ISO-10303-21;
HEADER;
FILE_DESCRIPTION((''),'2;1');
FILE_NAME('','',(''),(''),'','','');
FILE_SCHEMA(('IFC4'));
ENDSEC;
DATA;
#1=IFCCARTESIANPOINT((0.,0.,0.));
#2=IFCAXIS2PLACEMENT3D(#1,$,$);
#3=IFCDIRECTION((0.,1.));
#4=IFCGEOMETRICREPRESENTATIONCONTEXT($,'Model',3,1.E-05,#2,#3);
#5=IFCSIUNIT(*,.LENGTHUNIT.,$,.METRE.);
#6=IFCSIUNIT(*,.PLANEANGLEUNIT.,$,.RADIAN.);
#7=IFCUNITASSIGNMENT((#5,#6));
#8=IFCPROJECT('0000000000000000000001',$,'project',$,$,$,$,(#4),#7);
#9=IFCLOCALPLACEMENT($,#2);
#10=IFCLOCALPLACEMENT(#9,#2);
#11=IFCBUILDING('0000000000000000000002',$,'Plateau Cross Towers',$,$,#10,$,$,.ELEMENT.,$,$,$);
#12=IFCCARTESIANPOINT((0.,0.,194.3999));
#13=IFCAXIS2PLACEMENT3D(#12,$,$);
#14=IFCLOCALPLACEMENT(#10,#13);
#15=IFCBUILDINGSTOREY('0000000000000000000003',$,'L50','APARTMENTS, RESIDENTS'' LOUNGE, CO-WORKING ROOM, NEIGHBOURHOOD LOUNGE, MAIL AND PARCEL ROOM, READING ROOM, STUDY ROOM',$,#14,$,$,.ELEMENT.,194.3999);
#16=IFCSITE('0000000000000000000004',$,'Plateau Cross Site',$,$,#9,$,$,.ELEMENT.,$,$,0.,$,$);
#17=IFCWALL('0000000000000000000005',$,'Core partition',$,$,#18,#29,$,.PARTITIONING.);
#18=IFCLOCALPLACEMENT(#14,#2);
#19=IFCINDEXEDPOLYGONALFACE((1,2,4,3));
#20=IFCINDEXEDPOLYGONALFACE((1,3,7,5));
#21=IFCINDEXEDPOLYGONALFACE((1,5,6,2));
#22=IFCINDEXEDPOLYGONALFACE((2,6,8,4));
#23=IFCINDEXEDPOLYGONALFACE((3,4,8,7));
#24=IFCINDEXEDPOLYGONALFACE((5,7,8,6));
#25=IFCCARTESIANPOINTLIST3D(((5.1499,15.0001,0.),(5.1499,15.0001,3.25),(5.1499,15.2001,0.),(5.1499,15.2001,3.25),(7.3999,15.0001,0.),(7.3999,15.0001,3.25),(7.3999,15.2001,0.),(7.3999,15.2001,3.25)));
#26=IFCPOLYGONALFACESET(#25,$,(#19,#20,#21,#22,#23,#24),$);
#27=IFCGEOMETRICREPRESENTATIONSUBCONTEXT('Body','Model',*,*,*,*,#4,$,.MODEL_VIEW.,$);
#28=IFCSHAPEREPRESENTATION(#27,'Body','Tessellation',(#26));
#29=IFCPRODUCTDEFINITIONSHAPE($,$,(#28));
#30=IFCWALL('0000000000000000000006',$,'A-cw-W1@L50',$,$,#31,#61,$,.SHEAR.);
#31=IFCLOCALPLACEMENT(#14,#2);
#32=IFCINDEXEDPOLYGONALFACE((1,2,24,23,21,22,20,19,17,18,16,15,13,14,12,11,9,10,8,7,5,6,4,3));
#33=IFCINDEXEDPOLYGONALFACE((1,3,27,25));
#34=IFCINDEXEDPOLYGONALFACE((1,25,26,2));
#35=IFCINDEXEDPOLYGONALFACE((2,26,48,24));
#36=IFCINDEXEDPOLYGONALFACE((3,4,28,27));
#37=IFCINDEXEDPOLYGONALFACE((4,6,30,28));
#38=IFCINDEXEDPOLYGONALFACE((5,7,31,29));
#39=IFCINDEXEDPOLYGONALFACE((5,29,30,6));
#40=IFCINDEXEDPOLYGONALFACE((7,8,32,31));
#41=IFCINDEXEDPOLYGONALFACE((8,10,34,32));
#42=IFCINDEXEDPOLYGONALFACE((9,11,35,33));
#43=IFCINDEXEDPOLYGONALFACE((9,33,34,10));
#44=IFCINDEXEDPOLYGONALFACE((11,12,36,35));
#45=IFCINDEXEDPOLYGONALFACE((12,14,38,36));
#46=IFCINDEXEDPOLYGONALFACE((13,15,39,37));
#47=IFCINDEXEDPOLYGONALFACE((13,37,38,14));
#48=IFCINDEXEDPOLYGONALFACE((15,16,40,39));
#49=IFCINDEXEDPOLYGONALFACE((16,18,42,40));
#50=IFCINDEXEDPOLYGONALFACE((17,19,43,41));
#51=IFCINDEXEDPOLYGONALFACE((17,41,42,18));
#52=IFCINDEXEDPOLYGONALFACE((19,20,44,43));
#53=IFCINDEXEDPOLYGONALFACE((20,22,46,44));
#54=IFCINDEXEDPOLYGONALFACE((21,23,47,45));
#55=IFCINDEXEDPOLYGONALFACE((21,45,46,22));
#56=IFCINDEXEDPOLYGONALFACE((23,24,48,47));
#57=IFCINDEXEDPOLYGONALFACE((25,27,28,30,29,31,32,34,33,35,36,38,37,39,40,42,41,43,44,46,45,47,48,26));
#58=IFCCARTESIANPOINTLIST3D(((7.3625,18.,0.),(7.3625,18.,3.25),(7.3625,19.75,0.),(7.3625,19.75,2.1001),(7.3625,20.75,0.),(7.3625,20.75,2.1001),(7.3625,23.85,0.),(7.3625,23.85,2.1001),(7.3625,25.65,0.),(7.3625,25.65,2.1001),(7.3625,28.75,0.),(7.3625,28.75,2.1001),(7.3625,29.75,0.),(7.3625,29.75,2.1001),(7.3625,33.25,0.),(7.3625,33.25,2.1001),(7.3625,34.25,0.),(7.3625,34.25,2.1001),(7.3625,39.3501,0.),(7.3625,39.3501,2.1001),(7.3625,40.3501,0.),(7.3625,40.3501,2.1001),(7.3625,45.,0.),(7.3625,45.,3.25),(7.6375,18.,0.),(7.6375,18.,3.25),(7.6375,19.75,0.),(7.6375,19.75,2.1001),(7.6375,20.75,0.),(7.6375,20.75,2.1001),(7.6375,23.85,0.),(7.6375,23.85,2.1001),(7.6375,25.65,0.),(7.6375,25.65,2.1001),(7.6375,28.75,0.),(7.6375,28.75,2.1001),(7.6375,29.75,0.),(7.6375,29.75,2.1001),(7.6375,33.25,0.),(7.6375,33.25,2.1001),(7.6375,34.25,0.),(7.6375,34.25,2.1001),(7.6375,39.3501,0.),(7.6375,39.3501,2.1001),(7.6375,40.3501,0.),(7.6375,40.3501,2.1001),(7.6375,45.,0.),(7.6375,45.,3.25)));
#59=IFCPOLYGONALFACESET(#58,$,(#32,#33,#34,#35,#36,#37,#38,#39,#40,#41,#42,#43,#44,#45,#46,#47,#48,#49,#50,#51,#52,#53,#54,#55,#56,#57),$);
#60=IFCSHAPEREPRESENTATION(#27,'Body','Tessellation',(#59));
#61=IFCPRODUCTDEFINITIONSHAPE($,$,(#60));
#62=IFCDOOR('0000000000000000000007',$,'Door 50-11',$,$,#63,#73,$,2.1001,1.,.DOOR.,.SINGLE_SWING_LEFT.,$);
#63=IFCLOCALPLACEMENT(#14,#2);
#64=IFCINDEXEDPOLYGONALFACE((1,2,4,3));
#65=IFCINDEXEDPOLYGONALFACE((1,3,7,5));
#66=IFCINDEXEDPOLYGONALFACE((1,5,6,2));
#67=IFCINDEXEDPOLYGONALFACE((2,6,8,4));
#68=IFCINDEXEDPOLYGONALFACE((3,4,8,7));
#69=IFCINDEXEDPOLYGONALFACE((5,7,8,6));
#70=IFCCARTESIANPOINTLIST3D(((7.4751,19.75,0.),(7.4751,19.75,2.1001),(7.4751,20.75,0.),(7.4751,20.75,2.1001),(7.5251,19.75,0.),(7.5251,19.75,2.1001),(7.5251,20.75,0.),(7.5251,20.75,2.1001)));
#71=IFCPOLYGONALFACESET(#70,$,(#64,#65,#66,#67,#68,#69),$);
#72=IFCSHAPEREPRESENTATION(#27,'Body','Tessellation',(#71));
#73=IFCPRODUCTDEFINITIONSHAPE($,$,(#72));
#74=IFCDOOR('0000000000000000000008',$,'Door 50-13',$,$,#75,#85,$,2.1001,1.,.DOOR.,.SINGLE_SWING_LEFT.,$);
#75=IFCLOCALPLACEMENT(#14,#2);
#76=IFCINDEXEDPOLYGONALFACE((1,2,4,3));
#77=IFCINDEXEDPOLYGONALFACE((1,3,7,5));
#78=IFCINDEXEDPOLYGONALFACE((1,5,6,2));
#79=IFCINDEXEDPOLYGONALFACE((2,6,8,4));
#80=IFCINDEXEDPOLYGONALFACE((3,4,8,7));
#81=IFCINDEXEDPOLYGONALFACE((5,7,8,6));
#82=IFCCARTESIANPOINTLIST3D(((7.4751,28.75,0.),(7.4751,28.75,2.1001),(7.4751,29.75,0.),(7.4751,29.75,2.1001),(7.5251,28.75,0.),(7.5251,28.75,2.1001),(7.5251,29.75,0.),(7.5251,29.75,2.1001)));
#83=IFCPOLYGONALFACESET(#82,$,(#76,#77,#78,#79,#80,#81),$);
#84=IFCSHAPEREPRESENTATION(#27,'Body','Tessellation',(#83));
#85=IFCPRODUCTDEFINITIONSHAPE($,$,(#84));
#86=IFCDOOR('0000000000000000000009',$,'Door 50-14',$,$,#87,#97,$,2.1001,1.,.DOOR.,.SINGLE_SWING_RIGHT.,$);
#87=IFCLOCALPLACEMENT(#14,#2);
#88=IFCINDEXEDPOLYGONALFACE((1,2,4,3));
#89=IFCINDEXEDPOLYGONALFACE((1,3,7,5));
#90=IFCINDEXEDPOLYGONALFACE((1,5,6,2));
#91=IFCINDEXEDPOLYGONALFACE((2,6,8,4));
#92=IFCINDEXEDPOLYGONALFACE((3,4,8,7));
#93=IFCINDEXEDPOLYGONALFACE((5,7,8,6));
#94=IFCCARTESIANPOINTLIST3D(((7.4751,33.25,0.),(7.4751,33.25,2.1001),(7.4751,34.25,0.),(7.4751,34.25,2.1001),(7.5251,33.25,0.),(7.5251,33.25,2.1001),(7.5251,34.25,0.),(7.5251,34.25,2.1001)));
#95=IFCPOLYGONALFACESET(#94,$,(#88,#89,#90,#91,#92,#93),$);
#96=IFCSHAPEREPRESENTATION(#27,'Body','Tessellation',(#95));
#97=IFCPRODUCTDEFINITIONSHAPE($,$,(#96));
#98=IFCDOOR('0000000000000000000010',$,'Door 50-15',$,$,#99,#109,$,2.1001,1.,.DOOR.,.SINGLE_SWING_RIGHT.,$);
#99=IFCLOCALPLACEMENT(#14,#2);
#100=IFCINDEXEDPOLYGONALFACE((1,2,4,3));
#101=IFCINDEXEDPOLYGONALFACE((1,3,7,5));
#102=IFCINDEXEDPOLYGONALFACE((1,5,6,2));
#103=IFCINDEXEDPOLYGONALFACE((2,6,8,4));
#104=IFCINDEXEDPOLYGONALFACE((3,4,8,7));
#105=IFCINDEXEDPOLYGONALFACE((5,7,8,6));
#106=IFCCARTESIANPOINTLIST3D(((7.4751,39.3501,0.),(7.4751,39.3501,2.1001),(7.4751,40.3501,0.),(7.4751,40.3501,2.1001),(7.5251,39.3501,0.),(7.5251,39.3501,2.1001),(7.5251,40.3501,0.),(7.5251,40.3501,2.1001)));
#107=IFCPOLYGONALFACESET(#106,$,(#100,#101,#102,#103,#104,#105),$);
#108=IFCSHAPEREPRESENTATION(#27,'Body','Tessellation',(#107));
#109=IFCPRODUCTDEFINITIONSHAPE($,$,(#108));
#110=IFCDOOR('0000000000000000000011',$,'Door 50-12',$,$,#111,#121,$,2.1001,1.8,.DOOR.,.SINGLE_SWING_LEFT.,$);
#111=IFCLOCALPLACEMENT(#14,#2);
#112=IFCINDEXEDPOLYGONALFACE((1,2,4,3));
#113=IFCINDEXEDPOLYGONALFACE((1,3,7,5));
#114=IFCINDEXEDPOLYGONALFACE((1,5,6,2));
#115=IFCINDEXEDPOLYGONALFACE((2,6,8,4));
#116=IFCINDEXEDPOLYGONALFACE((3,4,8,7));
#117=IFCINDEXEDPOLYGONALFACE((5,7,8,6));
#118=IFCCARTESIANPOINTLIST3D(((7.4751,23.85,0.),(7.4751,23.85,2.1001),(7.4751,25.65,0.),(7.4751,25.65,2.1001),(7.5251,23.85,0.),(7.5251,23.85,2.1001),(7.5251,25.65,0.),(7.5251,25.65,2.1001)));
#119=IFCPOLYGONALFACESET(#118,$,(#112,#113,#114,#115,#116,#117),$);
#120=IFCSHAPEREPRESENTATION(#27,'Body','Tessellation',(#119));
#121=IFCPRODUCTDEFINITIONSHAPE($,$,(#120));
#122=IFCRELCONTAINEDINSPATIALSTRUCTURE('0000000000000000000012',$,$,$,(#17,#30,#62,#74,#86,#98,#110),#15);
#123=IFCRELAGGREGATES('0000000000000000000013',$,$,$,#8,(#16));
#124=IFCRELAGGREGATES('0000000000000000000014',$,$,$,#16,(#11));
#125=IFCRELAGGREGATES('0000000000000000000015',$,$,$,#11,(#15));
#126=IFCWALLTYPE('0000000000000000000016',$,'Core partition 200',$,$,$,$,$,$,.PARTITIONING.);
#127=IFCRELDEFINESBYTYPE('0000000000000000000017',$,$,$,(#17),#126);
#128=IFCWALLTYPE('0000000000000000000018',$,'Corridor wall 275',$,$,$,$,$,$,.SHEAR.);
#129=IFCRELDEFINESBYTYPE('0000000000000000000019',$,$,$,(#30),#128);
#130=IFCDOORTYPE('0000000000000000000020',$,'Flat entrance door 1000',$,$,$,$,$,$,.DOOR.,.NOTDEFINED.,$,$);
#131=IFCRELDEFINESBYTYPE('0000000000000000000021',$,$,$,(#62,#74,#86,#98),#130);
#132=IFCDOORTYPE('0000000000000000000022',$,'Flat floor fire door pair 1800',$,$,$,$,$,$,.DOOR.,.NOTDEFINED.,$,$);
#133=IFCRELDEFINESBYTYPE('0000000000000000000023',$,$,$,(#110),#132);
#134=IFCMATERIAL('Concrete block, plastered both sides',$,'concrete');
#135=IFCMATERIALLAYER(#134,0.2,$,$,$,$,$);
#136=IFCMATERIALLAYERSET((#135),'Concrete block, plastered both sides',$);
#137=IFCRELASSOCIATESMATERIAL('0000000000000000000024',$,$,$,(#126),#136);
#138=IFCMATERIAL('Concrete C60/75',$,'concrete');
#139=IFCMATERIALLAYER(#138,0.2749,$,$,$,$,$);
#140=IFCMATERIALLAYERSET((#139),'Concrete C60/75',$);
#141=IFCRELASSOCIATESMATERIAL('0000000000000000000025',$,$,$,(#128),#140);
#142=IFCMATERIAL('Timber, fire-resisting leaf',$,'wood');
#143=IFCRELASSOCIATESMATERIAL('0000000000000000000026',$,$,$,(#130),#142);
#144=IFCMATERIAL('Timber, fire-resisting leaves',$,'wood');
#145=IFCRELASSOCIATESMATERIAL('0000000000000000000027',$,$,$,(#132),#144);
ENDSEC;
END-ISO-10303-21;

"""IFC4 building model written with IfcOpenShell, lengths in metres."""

from ifc_helpers import new_model, si_unit, direction, frame, frame_2d, origin, place, context, subcontext, project, spatial, rectangle, extrude, material, layer, layer_set, type_object, element, fill, save


model = new_model("IFC4")

# Units and contexts
model_context = context("Model", 3, precision=1e-05, world=origin(), true_north=direction((0.0, 1.0)))
body_context = subcontext(model_context, "Body", "Model", "MODEL_VIEW")
ifc_project = project(units=[si_unit("LENGTHUNIT", "METRE"), si_unit("PLANEANGLEUNIT", "RADIAN")], contexts=[model_context])

# Site, building, storey
site_placement = place(None, origin())
site = spatial("IfcSite", under=ifc_project, at=site_placement, Name="Plateau Cross Site", CompositionType="ELEMENT", RefElevation=0.0)
building_placement = place(site_placement, origin())
building = spatial("IfcBuilding", under=site, at=building_placement, Name="Plateau Cross Towers", CompositionType="ELEMENT")
storey_placement = place(building_placement, frame((0.0, 0.0, 194.3999)))
storey = spatial("IfcBuildingStorey", under=building, at=storey_placement, Name="L50", Description="APARTMENTS, RESIDENTS' LOUNGE, CO-WORKING ROOM, NEIGHBOURHOOD LOUNGE, MAIL AND PARCEL ROOM, READING ROOM, STUDY ROOM", CompositionType="ELEMENT", Elevation=194.3999)

# Wall
ifc_material_1 = material(Name="Concrete block, plastered both sides", Category="concrete")
ifc_layer_1 = layer(ifc_material_1, 0.2)
ifc_layer_set_1 = layer_set([ifc_layer_1], Name="Concrete block, plastered both sides")
wall_type_1 = type_object("IfcWallType", Name="Core partition 200", PredefinedType="PARTITIONING", material=ifc_layer_set_1)
wall_1_placement = place(storey_placement, frame((5.1499, 15.1001, 0.0), z_axis=(0.0, 0.0, 1.0), x_axis=(1.0, 0.0, 0.0)))
element("IfcWall", 1, at=wall_1_placement, inside=storey, type_object=wall_type_1, Name="Core partition", PredefinedType="PARTITIONING", context=body_context, shape_type="SweptSolid", body=[
    extrude(rectangle(XDim=2.25, YDim=0.2, at=frame_2d((1.125, 0.0))), origin(), (0.0, 0.0, 1.0), 3.25),
])

# Wall, openings, doors
ifc_material_2 = material(Name="Concrete C60/75", Category="concrete")
ifc_layer_2 = layer(ifc_material_2, 0.2749)
ifc_layer_set_2 = layer_set([ifc_layer_2], Name="Concrete C60/75")
wall_type_2 = type_object("IfcWallType", Name="Corridor wall 275", PredefinedType="SHEAR", material=ifc_layer_set_2)
wall_2_placement = place(storey_placement, frame((7.5, 18.0, 0.0), z_axis=(0.0, 0.0, 1.0), x_axis=(0.0, 1.0, 0.0)))
wall_2 = element("IfcWall", 2, at=wall_2_placement, inside=storey, type_object=wall_type_2, Name="A-cw-W1@L50", PredefinedType="SHEAR", context=body_context, shape_type="SweptSolid", body=[
    extrude(rectangle(XDim=27.0, YDim=0.2749, at=frame_2d((13.5, 0.0))), origin(), (0.0, 0.0, 1.0), 3.25),
])
opening_1_placement = place(wall_2_placement, frame((1.75, 0.0, 0.0)))
opening_1 = element("IfcOpeningElement", 3, at=opening_1_placement, cuts=wall_2, PredefinedType="OPENING", context=body_context, shape_type="SweptSolid", body=[
    extrude(rectangle(XDim=1.0, YDim=2.1001, at=frame_2d((0.5, 1.05))), frame((0.0, 0.1475, 0.0), z_axis=(0.0, -1.0, 0.0), x_axis=(1.0, 0.0, 0.0)), (0.0, 0.0, 1.0), 0.2949),
])
opening_2_placement = place(wall_2_placement, frame((5.8501, 0.0, 0.0)))
opening_2 = element("IfcOpeningElement", 4, at=opening_2_placement, cuts=wall_2, PredefinedType="OPENING", context=body_context, shape_type="SweptSolid", body=[
    extrude(rectangle(XDim=1.8, YDim=2.1001, at=frame_2d((0.8999, 1.05))), frame((0.0, 0.1475, 0.0), z_axis=(0.0, -1.0, 0.0), x_axis=(1.0, 0.0, 0.0)), (0.0, 0.0, 1.0), 0.2949),
])
opening_3_placement = place(wall_2_placement, frame((10.75, 0.0, 0.0)))
opening_3 = element("IfcOpeningElement", 5, at=opening_3_placement, cuts=wall_2, PredefinedType="OPENING", context=body_context, shape_type="SweptSolid", body=[
    extrude(rectangle(XDim=1.0, YDim=2.1001, at=frame_2d((0.5, 1.05))), frame((0.0, 0.1475, 0.0), z_axis=(0.0, -1.0, 0.0), x_axis=(1.0, 0.0, 0.0)), (0.0, 0.0, 1.0), 0.2949),
])
opening_4_placement = place(wall_2_placement, frame((15.25, 0.0, 0.0)))
opening_4 = element("IfcOpeningElement", 6, at=opening_4_placement, cuts=wall_2, PredefinedType="OPENING", context=body_context, shape_type="SweptSolid", body=[
    extrude(rectangle(XDim=1.0, YDim=2.1001, at=frame_2d((0.5, 1.05))), frame((0.0, 0.1475, 0.0), z_axis=(0.0, -1.0, 0.0), x_axis=(1.0, 0.0, 0.0)), (0.0, 0.0, 1.0), 0.2949),
])
opening_5_placement = place(wall_2_placement, frame((21.3501, 0.0, 0.0)))
opening_5 = element("IfcOpeningElement", 7, at=opening_5_placement, cuts=wall_2, PredefinedType="OPENING", context=body_context, shape_type="SweptSolid", body=[
    extrude(rectangle(XDim=1.0, YDim=2.1001, at=frame_2d((0.5, 1.05))), frame((0.0, 0.1475, 0.0), z_axis=(0.0, -1.0, 0.0), x_axis=(1.0, 0.0, 0.0)), (0.0, 0.0, 1.0), 0.2949),
])
ifc_material_3 = material(Name="Timber, fire-resisting leaf", Category="wood")
door_type_1 = type_object("IfcDoorType", Name="Flat entrance door 1000", OperationType="NOTDEFINED", PredefinedType="DOOR", material=ifc_material_3)
door_1_placement = place(opening_1_placement, origin())
door_1 = element("IfcDoor", 8, at=door_1_placement, inside=storey, type_object=door_type_1, Name="Door 50-11", OperationType="SINGLE_SWING_LEFT", OverallHeight=2.1001, OverallWidth=1.0, PredefinedType="DOOR", context=body_context, shape_type="SweptSolid", body=[
    extrude(rectangle(XDim=1.0, YDim=2.1001, at=frame_2d((0.5, 1.05))), frame((0.0, 0.0249, 0.0), z_axis=(0.0, -1.0, 0.0), x_axis=(1.0, 0.0, 0.0)), (0.0, 0.0, 1.0), 0.05),
])
fill(opening_1, door_1)
door_2_placement = place(opening_3_placement, origin())
door_2 = element("IfcDoor", 9, at=door_2_placement, inside=storey, type_object=door_type_1, Name="Door 50-13", OperationType="SINGLE_SWING_LEFT", OverallHeight=2.1001, OverallWidth=1.0, PredefinedType="DOOR", context=body_context, shape_type="SweptSolid", body=[
    extrude(rectangle(XDim=1.0, YDim=2.1001, at=frame_2d((0.5, 1.05))), frame((0.0, 0.0249, 0.0), z_axis=(0.0, -1.0, 0.0), x_axis=(1.0, 0.0, 0.0)), (0.0, 0.0, 1.0), 0.05),
])
fill(opening_3, door_2)
door_3_placement = place(opening_4_placement, origin())
door_3 = element("IfcDoor", 10, at=door_3_placement, inside=storey, type_object=door_type_1, Name="Door 50-14", OperationType="SINGLE_SWING_RIGHT", OverallHeight=2.1001, OverallWidth=1.0, PredefinedType="DOOR", context=body_context, shape_type="SweptSolid", body=[
    extrude(rectangle(XDim=1.0, YDim=2.1001, at=frame_2d((0.5, 1.05))), frame((0.0, 0.0249, 0.0), z_axis=(0.0, -1.0, 0.0), x_axis=(1.0, 0.0, 0.0)), (0.0, 0.0, 1.0), 0.05),
])
fill(opening_4, door_3)
door_4_placement = place(opening_5_placement, origin())
door_4 = element("IfcDoor", 11, at=door_4_placement, inside=storey, type_object=door_type_1, Name="Door 50-15", OperationType="SINGLE_SWING_RIGHT", OverallHeight=2.1001, OverallWidth=1.0, PredefinedType="DOOR", context=body_context, shape_type="SweptSolid", body=[
    extrude(rectangle(XDim=1.0, YDim=2.1001, at=frame_2d((0.5, 1.05))), frame((0.0, 0.0249, 0.0), z_axis=(0.0, -1.0, 0.0), x_axis=(1.0, 0.0, 0.0)), (0.0, 0.0, 1.0), 0.05),
])
fill(opening_5, door_4)
ifc_material_4 = material(Name="Timber, fire-resisting leaves", Category="wood")
door_type_2 = type_object("IfcDoorType", Name="Flat floor fire door pair 1800", OperationType="NOTDEFINED", PredefinedType="DOOR", material=ifc_material_4)
door_5_placement = place(opening_2_placement, origin())
door_5 = element("IfcDoor", 12, at=door_5_placement, inside=storey, type_object=door_type_2, Name="Door 50-12", OperationType="SINGLE_SWING_LEFT", OverallHeight=2.1001, OverallWidth=1.8, PredefinedType="DOOR", context=body_context, shape_type="SweptSolid", body=[
    extrude(rectangle(XDim=1.8, YDim=2.1001, at=frame_2d((0.8999, 1.05))), frame((0.0, 0.0249, 0.0), z_axis=(0.0, -1.0, 0.0), x_axis=(1.0, 0.0, 0.0)), (0.0, 0.0, 1.0), 0.05),
])
fill(opening_2, door_5)

save(model, "model.ifc")
